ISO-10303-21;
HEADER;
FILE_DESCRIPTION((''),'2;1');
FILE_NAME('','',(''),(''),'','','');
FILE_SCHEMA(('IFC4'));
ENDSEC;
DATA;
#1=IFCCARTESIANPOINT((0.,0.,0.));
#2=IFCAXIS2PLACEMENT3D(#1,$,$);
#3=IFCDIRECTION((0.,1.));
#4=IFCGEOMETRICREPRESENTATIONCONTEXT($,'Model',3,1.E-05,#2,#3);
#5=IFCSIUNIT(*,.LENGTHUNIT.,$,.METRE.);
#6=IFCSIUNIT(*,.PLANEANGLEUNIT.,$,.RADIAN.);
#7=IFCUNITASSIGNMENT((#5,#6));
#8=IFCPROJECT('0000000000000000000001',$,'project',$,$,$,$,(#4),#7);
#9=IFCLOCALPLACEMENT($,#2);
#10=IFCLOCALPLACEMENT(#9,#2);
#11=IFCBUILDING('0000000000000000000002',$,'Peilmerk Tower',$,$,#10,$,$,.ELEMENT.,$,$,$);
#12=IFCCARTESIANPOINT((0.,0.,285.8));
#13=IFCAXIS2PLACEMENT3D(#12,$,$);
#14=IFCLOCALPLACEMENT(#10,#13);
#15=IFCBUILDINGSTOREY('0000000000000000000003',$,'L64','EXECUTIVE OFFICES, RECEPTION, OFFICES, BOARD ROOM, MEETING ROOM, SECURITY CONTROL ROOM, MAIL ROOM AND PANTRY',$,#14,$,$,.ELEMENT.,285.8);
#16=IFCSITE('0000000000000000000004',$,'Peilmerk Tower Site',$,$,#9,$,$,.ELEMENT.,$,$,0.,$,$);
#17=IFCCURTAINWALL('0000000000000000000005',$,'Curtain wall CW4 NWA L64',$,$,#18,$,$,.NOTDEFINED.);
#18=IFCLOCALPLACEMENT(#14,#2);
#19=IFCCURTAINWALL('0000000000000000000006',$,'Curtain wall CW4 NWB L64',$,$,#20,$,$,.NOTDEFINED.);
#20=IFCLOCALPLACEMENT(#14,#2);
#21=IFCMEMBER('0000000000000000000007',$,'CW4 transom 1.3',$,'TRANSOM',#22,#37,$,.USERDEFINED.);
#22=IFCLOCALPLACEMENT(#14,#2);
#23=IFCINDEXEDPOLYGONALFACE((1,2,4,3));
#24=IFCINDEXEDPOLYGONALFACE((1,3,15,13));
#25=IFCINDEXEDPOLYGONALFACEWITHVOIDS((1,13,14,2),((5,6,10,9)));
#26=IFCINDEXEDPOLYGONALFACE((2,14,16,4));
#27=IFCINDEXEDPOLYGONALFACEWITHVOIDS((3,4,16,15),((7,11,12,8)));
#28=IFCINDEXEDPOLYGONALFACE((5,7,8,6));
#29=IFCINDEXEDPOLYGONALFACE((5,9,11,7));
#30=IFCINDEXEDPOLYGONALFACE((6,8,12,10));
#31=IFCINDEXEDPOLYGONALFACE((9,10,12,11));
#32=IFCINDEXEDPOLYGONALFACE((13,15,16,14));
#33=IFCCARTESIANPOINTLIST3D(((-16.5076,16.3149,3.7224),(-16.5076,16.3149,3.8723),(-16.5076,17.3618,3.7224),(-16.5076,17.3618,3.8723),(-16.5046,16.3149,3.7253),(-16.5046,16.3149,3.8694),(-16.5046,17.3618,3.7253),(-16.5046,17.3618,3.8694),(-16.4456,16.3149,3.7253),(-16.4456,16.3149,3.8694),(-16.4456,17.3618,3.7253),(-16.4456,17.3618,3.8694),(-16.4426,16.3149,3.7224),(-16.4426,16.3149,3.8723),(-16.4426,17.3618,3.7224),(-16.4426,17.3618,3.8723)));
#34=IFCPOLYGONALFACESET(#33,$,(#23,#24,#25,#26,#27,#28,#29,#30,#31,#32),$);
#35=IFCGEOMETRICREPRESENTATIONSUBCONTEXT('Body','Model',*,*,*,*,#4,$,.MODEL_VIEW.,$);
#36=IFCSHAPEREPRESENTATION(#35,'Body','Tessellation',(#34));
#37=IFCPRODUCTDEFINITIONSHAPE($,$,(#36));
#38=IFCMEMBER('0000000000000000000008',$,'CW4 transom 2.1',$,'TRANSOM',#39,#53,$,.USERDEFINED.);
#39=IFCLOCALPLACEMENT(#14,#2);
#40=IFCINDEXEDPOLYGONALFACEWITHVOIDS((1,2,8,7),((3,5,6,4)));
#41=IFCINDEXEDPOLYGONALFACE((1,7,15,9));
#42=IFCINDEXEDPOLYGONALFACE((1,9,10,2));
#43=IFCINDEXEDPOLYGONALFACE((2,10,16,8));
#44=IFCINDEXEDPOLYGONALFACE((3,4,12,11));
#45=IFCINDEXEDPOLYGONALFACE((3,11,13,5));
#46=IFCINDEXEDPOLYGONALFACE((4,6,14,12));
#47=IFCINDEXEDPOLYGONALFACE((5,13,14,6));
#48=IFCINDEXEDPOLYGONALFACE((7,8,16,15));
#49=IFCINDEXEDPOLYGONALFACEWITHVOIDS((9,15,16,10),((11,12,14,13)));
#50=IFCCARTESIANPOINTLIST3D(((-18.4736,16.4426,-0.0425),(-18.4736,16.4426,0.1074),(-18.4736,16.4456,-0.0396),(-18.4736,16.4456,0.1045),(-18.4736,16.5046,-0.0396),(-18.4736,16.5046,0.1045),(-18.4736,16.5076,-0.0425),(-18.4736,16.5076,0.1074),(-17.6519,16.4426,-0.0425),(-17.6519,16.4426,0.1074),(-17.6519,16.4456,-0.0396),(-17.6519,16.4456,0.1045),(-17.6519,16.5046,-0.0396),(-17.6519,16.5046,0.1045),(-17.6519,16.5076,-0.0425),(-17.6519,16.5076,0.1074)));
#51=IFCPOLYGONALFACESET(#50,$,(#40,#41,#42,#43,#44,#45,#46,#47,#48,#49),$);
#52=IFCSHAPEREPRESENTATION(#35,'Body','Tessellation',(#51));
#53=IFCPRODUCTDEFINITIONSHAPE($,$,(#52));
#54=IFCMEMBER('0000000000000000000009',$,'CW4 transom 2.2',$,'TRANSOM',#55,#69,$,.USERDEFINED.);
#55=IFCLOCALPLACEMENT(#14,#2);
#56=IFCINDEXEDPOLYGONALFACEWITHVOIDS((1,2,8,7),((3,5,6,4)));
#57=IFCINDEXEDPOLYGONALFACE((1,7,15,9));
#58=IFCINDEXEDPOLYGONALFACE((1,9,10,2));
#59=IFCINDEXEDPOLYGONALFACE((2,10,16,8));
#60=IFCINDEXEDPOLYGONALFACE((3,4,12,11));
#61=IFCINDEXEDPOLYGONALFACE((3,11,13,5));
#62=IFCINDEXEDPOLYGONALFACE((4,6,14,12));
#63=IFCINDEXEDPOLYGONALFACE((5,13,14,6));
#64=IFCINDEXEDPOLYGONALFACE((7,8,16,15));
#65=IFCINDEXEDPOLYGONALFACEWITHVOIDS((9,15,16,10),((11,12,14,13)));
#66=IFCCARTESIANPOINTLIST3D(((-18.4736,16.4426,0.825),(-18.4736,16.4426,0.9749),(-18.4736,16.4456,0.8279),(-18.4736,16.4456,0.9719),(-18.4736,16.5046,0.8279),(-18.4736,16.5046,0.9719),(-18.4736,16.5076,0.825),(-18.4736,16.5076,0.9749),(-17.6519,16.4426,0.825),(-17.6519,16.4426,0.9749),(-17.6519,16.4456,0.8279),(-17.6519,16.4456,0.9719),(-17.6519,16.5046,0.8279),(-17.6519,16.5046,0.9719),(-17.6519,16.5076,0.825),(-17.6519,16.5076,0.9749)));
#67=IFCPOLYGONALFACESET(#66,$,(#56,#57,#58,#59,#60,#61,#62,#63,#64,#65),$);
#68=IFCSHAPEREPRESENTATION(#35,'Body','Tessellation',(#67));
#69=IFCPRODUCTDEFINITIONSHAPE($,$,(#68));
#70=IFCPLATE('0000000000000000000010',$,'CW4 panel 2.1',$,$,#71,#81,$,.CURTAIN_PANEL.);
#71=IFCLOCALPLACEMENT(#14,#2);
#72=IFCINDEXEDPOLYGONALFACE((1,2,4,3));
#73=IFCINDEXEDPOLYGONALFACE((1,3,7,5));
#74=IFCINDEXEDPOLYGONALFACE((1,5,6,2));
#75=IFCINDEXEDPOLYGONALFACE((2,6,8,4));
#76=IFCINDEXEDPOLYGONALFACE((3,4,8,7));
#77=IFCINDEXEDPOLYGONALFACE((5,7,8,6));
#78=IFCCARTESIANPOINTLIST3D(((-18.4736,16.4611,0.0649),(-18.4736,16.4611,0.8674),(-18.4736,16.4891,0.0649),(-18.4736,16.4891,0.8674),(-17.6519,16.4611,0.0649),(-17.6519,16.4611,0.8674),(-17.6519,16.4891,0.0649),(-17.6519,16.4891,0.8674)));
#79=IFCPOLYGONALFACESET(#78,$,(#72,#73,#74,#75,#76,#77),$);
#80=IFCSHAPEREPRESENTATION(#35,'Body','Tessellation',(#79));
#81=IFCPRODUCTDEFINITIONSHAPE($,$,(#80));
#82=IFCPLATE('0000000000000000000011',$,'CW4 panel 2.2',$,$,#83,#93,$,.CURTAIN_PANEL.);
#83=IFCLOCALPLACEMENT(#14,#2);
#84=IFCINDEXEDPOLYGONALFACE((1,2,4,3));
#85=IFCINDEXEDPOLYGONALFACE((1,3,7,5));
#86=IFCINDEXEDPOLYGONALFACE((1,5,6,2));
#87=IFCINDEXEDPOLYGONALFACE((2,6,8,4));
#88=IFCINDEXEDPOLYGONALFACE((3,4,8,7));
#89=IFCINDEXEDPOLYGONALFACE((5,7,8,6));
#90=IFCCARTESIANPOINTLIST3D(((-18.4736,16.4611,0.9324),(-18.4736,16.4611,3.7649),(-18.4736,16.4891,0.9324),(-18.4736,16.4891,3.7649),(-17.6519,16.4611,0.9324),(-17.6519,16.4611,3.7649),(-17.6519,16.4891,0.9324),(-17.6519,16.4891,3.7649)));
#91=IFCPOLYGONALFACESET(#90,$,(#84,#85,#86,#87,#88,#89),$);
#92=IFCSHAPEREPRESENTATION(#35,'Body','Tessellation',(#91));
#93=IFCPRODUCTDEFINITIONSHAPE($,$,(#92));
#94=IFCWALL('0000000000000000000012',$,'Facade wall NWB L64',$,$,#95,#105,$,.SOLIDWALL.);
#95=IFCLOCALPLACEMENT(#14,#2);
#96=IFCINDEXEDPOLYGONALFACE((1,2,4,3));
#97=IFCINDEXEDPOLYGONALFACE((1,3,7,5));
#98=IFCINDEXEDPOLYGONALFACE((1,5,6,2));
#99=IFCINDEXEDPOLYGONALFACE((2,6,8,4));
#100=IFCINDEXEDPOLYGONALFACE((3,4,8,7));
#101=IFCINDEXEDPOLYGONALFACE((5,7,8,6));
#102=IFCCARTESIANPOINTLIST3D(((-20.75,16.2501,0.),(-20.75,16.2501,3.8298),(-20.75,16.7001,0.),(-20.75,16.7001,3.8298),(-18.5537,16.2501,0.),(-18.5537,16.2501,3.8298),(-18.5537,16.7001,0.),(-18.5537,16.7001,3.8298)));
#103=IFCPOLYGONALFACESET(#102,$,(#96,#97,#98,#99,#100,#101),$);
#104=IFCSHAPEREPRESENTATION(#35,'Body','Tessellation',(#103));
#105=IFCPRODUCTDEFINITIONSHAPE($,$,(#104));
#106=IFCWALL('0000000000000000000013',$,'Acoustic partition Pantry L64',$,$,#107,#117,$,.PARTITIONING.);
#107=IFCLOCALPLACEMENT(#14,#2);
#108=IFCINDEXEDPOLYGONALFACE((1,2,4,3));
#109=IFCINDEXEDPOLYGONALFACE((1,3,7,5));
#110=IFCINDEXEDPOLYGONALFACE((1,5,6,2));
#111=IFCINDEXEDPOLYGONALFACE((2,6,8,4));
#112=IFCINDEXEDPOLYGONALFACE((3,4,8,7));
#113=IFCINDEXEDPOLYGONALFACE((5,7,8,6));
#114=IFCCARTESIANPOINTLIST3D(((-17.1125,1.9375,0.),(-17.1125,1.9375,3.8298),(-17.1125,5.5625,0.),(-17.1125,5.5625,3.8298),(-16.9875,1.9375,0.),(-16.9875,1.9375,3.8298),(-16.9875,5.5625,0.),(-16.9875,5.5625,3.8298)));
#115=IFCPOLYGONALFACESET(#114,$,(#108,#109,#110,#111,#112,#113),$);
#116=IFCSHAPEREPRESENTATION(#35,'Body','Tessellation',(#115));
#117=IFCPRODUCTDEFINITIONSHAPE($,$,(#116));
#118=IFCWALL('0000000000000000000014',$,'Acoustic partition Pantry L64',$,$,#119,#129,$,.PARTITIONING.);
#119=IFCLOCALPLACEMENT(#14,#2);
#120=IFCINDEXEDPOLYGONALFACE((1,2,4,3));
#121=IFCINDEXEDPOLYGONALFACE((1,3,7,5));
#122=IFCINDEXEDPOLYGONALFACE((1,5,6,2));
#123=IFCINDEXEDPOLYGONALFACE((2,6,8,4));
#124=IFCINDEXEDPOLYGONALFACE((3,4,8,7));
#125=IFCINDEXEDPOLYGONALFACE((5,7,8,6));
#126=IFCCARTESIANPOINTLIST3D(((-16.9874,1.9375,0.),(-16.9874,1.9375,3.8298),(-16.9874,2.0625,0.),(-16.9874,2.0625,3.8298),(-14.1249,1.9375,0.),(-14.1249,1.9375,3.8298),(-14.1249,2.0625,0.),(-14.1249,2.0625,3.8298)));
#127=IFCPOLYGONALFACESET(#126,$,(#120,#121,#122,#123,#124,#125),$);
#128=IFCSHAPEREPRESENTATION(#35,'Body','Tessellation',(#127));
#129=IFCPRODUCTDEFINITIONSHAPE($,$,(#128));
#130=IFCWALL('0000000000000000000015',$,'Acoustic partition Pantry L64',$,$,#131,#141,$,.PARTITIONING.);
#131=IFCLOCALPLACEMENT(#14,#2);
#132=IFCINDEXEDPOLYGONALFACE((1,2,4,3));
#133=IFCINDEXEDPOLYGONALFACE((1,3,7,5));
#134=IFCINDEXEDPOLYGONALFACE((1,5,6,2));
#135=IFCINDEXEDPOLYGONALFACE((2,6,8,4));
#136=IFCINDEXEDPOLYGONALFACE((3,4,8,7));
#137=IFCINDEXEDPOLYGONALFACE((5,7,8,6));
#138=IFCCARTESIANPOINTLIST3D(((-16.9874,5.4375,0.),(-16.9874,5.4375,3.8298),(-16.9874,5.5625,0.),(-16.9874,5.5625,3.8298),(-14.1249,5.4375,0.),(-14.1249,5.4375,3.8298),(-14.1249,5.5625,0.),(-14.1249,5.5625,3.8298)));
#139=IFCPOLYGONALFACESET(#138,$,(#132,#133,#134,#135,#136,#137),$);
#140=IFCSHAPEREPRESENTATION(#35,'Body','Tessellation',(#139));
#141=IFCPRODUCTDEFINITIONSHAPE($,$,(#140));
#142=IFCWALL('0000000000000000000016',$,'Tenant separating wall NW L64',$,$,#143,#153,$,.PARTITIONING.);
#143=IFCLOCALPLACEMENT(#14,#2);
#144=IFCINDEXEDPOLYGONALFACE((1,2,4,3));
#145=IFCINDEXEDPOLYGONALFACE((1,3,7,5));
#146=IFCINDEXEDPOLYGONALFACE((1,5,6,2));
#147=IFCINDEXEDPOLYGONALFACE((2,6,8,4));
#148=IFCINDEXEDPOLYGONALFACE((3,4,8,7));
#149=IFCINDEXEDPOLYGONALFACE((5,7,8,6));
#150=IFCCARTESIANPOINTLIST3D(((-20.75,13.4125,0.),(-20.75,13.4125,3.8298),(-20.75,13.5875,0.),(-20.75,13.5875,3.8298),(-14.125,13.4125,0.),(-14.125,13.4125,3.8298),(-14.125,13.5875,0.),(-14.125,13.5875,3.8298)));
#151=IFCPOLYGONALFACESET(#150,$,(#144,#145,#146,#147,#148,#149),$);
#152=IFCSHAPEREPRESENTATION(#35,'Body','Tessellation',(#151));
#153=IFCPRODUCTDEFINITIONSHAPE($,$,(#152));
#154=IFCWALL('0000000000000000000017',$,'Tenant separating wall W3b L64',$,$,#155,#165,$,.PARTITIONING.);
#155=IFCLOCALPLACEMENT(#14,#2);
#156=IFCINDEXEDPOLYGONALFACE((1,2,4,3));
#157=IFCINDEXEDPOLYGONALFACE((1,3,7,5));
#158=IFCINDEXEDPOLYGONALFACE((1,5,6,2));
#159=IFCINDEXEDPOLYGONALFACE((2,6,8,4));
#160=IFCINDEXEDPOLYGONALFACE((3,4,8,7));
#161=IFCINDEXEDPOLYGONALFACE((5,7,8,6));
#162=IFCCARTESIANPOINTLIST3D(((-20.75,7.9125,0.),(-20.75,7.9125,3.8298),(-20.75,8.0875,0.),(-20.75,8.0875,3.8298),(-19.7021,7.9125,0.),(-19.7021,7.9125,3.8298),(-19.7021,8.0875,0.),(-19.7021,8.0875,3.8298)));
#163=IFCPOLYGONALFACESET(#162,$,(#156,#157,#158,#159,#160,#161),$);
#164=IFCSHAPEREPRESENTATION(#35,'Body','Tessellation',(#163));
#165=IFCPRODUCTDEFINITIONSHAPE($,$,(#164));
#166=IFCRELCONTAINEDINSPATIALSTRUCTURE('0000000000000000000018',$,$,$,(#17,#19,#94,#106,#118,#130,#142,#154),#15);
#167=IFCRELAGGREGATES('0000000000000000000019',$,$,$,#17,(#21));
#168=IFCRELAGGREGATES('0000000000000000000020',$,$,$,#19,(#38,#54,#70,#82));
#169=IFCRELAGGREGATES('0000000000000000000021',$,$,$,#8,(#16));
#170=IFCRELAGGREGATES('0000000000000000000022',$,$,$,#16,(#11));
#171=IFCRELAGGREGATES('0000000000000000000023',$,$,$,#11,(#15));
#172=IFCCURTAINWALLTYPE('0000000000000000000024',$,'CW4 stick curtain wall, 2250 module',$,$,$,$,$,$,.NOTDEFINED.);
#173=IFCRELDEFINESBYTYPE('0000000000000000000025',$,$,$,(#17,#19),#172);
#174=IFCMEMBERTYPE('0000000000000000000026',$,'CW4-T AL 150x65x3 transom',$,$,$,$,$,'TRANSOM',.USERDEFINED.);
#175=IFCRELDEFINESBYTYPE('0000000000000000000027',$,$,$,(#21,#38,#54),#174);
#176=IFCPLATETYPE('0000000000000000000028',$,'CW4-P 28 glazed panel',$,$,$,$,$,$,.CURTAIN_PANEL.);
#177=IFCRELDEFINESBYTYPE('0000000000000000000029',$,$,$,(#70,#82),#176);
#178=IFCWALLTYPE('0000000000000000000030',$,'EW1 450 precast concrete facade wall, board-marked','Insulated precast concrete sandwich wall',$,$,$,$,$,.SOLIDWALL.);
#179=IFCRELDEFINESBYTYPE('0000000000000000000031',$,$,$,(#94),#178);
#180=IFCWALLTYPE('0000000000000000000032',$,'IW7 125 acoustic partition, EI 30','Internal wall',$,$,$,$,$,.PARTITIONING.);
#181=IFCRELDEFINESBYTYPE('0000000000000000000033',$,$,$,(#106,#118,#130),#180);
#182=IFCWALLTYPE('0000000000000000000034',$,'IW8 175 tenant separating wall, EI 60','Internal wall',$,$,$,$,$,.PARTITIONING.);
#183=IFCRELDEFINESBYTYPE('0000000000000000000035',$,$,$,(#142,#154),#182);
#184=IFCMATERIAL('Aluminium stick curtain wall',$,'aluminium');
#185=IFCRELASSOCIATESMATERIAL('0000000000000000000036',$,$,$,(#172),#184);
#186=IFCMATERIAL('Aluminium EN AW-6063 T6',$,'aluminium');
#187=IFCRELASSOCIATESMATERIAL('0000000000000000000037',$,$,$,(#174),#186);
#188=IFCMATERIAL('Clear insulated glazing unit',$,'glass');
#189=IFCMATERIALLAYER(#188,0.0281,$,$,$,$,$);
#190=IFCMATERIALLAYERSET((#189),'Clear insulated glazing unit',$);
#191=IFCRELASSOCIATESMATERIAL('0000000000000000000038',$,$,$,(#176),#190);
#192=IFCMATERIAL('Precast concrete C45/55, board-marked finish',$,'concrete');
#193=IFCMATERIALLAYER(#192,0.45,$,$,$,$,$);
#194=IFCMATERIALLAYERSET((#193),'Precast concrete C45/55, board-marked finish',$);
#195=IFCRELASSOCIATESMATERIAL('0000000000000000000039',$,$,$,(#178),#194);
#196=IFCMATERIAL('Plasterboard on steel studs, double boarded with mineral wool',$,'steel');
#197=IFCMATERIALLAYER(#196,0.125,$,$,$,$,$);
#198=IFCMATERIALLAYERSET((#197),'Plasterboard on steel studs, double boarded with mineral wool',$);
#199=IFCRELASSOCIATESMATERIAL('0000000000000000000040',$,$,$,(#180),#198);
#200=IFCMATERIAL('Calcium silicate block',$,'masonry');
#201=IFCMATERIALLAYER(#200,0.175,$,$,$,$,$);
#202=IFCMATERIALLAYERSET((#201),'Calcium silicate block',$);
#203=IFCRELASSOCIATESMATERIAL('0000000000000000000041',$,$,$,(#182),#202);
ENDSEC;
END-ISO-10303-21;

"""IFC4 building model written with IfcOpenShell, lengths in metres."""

from ifc_helpers import new_model, si_unit, direction, frame, frame_2d, origin, origin_2d, place, context, subcontext, project, spatial, rectangle, hollow_rectangle, extrude, material, layer, layer_set, material_profile, profile_set, type_object, element, aggregate, save


model = new_model("IFC4")

# Units and contexts
model_context = context("Model", 3, precision=1e-05, world=origin(), true_north=direction((0.0, 1.0)))
body_context = subcontext(model_context, "Body", "Model", "MODEL_VIEW")
ifc_project = project(units=[si_unit("LENGTHUNIT", "METRE"), si_unit("PLANEANGLEUNIT", "RADIAN")], contexts=[model_context])

# Site, building, storey
site_placement = place(None, origin())
site = spatial("IfcSite", under=ifc_project, at=site_placement, Name="Peilmerk Tower Site", CompositionType="ELEMENT", RefElevation=0.0)
building_placement = place(site_placement, origin())
building = spatial("IfcBuilding", under=site, at=building_placement, Name="Peilmerk Tower", CompositionType="ELEMENT")
storey_placement = place(building_placement, frame((0.0, 0.0, 285.8)))
storey = spatial("IfcBuildingStorey", under=building, at=storey_placement, Name="L64", Description="EXECUTIVE OFFICES, RECEPTION, OFFICES, BOARD ROOM, MEETING ROOM, SECURITY CONTROL ROOM, MAIL ROOM AND PANTRY", CompositionType="ELEMENT", Elevation=285.8)

# Curtain walls
ifc_material_1 = material(Name="Aluminium stick curtain wall", Category="aluminium")
curtain_wall_type = type_object("IfcCurtainWallType", Name="CW4 stick curtain wall, 2250 module", PredefinedType="NOTDEFINED", material=ifc_material_1)
curtain_wall_1_placement = place(storey_placement, origin())
curtain_wall_1 = element("IfcCurtainWall", 1, at=curtain_wall_1_placement, inside=storey, type_object=curtain_wall_type, Name="Curtain wall CW4 NWA L64", PredefinedType="NOTDEFINED")
ifc_material_2 = material(Name="Aluminium EN AW-6063 T6", Category="aluminium")
curtain_wall_2_placement = place(storey_placement, origin())
curtain_wall_2 = element("IfcCurtainWall", 2, at=curtain_wall_2_placement, inside=storey, type_object=curtain_wall_type, Name="Curtain wall CW4 NWB L64", PredefinedType="NOTDEFINED")

# Members
ifc_material_profile_1 = material_profile(ifc_material_2, hollow_rectangle(XDim=0.0649, YDim=0.1499, WallThickness=0.0029, at=origin_2d()), Name="AL 150x65x3")
ifc_profile_set_1 = profile_set([ifc_material_profile_1], Name="Aluminium EN AW-6063 T6")
member_type_1 = type_object("IfcMemberType", Name="CW4-T AL 150x65x3 transom", ElementType="TRANSOM", PredefinedType="USERDEFINED", material=ifc_profile_set_1)
member_1_placement = place(storey_placement, frame((-16.4751, 16.3149, 3.7974), z_axis=(0.0, 1.0, 0.0), x_axis=(-1.0, 0.0, 0.0)))
member_1 = element("IfcMember", 3, at=member_1_placement, type_object=member_type_1, Name="CW4 transom 1.3", ObjectType="TRANSOM", PredefinedType="USERDEFINED", context=body_context, shape_type="SweptSolid", body=[
    extrude(hollow_rectangle(XDim=0.0649, YDim=0.1499, WallThickness=0.0029, at=origin_2d()), origin(), (0.0, 0.0, 1.0), 1.0469),
])
aggregate(curtain_wall_1, [member_1])
member_2_placement = place(storey_placement, frame((-17.6519, 16.4751, 0.0325), z_axis=(-1.0, 0.0, 0.0), x_axis=(0.0, -1.0, 0.0)))
member_2 = element("IfcMember", 4, at=member_2_placement, type_object=member_type_1, Name="CW4 transom 2.1", ObjectType="TRANSOM", PredefinedType="USERDEFINED", context=body_context, shape_type="SweptSolid", body=[
    extrude(hollow_rectangle(XDim=0.0649, YDim=0.1499, WallThickness=0.0029, at=origin_2d()), origin(), (0.0, 0.0, 1.0), 0.8218),
])
member_3_placement = place(storey_placement, frame((-17.6519, 16.4751, 0.8999), z_axis=(-1.0, 0.0, 0.0), x_axis=(0.0, -1.0, 0.0)))
member_3 = element("IfcMember", 5, at=member_3_placement, type_object=member_type_1, Name="CW4 transom 2.2", ObjectType="TRANSOM", PredefinedType="USERDEFINED", context=body_context, shape_type="SweptSolid", body=[
    extrude(hollow_rectangle(XDim=0.0649, YDim=0.1499, WallThickness=0.0029, at=origin_2d()), origin(), (0.0, 0.0, 1.0), 0.8218),
])

# Plates
ifc_material_3 = material(Name="Clear insulated glazing unit", Category="glass")
ifc_layer_1 = layer(ifc_material_3, 0.0281)
ifc_layer_set_1 = layer_set([ifc_layer_1], Name="Clear insulated glazing unit")
plate_type = type_object("IfcPlateType", Name="CW4-P 28 glazed panel", PredefinedType="CURTAIN_PANEL", material=ifc_layer_set_1)
plate_1_placement = place(storey_placement, frame((-18.0627, 16.4751, 0.0649), z_axis=(0.0, 0.0, 1.0), x_axis=(-1.0, 0.0, 0.0)))
plate_1 = element("IfcPlate", 6, at=plate_1_placement, type_object=plate_type, Name="CW4 panel 2.1", PredefinedType="CURTAIN_PANEL", context=body_context, shape_type="SweptSolid", body=[
    extrude(rectangle(XDim=0.8218, YDim=0.0281, at=origin_2d()), origin(), (0.0, 0.0, 1.0), 0.8025),
])
plate_2_placement = place(storey_placement, frame((-18.0627, 16.4751, 0.9324), z_axis=(0.0, 0.0, 1.0), x_axis=(-1.0, 0.0, 0.0)))
plate_2 = element("IfcPlate", 7, at=plate_2_placement, type_object=plate_type, Name="CW4 panel 2.2", PredefinedType="CURTAIN_PANEL", context=body_context, shape_type="SweptSolid", body=[
    extrude(rectangle(XDim=0.8218, YDim=0.0281, at=origin_2d()), origin(), (0.0, 0.0, 1.0), 2.8325),
])
aggregate(curtain_wall_2, [member_2, member_3, plate_1, plate_2])

# Walls
ifc_material_4 = material(Name="Precast concrete C45/55, board-marked finish", Category="concrete")
ifc_layer_2 = layer(ifc_material_4, 0.45)
ifc_layer_set_2 = layer_set([ifc_layer_2], Name="Precast concrete C45/55, board-marked finish")
wall_type_1 = type_object("IfcWallType", Name="EW1 450 precast concrete facade wall, board-marked", Description="Insulated precast concrete sandwich wall", PredefinedType="SOLIDWALL", material=ifc_layer_set_2)
wall_1_placement = place(storey_placement, frame((-18.5537, 16.4751, 0.0), z_axis=(0.0, 0.0, 1.0), x_axis=(-1.0, 0.0, 0.0)))
element("IfcWall", 8, at=wall_1_placement, inside=storey, type_object=wall_type_1, Name="Facade wall NWB L64", PredefinedType="SOLIDWALL", context=body_context, shape_type="SweptSolid", body=[
    extrude(rectangle(XDim=2.1963, YDim=0.45, at=frame_2d((1.0981, 0.0))), origin(), (0.0, 0.0, 1.0), 3.8298),
])
ifc_material_5 = material(Name="Plasterboard on steel studs, double boarded with mineral wool", Category="steel")
ifc_layer_3 = layer(ifc_material_5, 0.125)
ifc_layer_set_3 = layer_set([ifc_layer_3], Name="Plasterboard on steel studs, double boarded with mineral wool")
wall_type_2 = type_object("IfcWallType", Name="IW7 125 acoustic partition, EI 30", Description="Internal wall", PredefinedType="PARTITIONING", material=ifc_layer_set_3)
wall_2_placement = place(storey_placement, frame((-17.05, 1.9375, 0.0), z_axis=(0.0, 0.0, 1.0), x_axis=(0.0, 1.0, 0.0)))
element("IfcWall", 9, at=wall_2_placement, inside=storey, type_object=wall_type_2, Name="Acoustic partition Pantry L64", PredefinedType="PARTITIONING", context=body_context, shape_type="SweptSolid", body=[
    extrude(rectangle(XDim=3.625, YDim=0.125, at=frame_2d((1.8125, 0.0))), origin(), (0.0, 0.0, 1.0), 3.8298),
])
for number, where, z_axis, x_axis, name in (
    (10, (-14.125, 2.0, 0.0), (0.0, 0.0, 1.0), (-1.0, 0.0, 0.0), "Acoustic partition Pantry L64"),
    (11, (-14.125, 5.5, 0.0), (0.0, 0.0, 1.0), (-1.0, 0.0, 0.0), "Acoustic partition Pantry L64"),
):
    element("IfcWall", number, at=place(storey_placement, frame(where, z_axis=z_axis, x_axis=x_axis)), inside=storey, type_object=wall_type_2, Name=name, PredefinedType="PARTITIONING", context=body_context, shape_type="SweptSolid", body=[
        extrude(rectangle(XDim=2.8625, YDim=0.125, at=frame_2d((1.4312, 0.0))), origin(), (0.0, 0.0, 1.0), 3.8298),
    ])
ifc_material_6 = material(Name="Calcium silicate block", Category="masonry")
ifc_layer_4 = layer(ifc_material_6, 0.175)
ifc_layer_set_4 = layer_set([ifc_layer_4], Name="Calcium silicate block")
wall_type_3 = type_object("IfcWallType", Name="IW8 175 tenant separating wall, EI 60", Description="Internal wall", PredefinedType="PARTITIONING", material=ifc_layer_set_4)
wall_3_placement = place(storey_placement, frame((-20.75, 13.5, 0.0), z_axis=(0.0, 0.0, 1.0), x_axis=(1.0, 0.0, 0.0)))
element("IfcWall", 12, at=wall_3_placement, inside=storey, type_object=wall_type_3, Name="Tenant separating wall NW L64", PredefinedType="PARTITIONING", context=body_context, shape_type="SweptSolid", body=[
    extrude(rectangle(XDim=6.625, YDim=0.175, at=frame_2d((3.3125, 0.0))), origin(), (0.0, 0.0, 1.0), 3.8298),
])
wall_4_placement = place(storey_placement, frame((-19.7021, 8.0, 0.0), z_axis=(0.0, 0.0, 1.0), x_axis=(-1.0, 0.0, 0.0)))
element("IfcWall", 13, at=wall_4_placement, inside=storey, type_object=wall_type_3, Name="Tenant separating wall W3b L64", PredefinedType="PARTITIONING", context=body_context, shape_type="SweptSolid", body=[
    extrude(rectangle(XDim=1.0479, YDim=0.175, at=frame_2d((0.5239, 0.0))), origin(), (0.0, 0.0, 1.0), 3.8298),
])

save(model, "model.ifc")
